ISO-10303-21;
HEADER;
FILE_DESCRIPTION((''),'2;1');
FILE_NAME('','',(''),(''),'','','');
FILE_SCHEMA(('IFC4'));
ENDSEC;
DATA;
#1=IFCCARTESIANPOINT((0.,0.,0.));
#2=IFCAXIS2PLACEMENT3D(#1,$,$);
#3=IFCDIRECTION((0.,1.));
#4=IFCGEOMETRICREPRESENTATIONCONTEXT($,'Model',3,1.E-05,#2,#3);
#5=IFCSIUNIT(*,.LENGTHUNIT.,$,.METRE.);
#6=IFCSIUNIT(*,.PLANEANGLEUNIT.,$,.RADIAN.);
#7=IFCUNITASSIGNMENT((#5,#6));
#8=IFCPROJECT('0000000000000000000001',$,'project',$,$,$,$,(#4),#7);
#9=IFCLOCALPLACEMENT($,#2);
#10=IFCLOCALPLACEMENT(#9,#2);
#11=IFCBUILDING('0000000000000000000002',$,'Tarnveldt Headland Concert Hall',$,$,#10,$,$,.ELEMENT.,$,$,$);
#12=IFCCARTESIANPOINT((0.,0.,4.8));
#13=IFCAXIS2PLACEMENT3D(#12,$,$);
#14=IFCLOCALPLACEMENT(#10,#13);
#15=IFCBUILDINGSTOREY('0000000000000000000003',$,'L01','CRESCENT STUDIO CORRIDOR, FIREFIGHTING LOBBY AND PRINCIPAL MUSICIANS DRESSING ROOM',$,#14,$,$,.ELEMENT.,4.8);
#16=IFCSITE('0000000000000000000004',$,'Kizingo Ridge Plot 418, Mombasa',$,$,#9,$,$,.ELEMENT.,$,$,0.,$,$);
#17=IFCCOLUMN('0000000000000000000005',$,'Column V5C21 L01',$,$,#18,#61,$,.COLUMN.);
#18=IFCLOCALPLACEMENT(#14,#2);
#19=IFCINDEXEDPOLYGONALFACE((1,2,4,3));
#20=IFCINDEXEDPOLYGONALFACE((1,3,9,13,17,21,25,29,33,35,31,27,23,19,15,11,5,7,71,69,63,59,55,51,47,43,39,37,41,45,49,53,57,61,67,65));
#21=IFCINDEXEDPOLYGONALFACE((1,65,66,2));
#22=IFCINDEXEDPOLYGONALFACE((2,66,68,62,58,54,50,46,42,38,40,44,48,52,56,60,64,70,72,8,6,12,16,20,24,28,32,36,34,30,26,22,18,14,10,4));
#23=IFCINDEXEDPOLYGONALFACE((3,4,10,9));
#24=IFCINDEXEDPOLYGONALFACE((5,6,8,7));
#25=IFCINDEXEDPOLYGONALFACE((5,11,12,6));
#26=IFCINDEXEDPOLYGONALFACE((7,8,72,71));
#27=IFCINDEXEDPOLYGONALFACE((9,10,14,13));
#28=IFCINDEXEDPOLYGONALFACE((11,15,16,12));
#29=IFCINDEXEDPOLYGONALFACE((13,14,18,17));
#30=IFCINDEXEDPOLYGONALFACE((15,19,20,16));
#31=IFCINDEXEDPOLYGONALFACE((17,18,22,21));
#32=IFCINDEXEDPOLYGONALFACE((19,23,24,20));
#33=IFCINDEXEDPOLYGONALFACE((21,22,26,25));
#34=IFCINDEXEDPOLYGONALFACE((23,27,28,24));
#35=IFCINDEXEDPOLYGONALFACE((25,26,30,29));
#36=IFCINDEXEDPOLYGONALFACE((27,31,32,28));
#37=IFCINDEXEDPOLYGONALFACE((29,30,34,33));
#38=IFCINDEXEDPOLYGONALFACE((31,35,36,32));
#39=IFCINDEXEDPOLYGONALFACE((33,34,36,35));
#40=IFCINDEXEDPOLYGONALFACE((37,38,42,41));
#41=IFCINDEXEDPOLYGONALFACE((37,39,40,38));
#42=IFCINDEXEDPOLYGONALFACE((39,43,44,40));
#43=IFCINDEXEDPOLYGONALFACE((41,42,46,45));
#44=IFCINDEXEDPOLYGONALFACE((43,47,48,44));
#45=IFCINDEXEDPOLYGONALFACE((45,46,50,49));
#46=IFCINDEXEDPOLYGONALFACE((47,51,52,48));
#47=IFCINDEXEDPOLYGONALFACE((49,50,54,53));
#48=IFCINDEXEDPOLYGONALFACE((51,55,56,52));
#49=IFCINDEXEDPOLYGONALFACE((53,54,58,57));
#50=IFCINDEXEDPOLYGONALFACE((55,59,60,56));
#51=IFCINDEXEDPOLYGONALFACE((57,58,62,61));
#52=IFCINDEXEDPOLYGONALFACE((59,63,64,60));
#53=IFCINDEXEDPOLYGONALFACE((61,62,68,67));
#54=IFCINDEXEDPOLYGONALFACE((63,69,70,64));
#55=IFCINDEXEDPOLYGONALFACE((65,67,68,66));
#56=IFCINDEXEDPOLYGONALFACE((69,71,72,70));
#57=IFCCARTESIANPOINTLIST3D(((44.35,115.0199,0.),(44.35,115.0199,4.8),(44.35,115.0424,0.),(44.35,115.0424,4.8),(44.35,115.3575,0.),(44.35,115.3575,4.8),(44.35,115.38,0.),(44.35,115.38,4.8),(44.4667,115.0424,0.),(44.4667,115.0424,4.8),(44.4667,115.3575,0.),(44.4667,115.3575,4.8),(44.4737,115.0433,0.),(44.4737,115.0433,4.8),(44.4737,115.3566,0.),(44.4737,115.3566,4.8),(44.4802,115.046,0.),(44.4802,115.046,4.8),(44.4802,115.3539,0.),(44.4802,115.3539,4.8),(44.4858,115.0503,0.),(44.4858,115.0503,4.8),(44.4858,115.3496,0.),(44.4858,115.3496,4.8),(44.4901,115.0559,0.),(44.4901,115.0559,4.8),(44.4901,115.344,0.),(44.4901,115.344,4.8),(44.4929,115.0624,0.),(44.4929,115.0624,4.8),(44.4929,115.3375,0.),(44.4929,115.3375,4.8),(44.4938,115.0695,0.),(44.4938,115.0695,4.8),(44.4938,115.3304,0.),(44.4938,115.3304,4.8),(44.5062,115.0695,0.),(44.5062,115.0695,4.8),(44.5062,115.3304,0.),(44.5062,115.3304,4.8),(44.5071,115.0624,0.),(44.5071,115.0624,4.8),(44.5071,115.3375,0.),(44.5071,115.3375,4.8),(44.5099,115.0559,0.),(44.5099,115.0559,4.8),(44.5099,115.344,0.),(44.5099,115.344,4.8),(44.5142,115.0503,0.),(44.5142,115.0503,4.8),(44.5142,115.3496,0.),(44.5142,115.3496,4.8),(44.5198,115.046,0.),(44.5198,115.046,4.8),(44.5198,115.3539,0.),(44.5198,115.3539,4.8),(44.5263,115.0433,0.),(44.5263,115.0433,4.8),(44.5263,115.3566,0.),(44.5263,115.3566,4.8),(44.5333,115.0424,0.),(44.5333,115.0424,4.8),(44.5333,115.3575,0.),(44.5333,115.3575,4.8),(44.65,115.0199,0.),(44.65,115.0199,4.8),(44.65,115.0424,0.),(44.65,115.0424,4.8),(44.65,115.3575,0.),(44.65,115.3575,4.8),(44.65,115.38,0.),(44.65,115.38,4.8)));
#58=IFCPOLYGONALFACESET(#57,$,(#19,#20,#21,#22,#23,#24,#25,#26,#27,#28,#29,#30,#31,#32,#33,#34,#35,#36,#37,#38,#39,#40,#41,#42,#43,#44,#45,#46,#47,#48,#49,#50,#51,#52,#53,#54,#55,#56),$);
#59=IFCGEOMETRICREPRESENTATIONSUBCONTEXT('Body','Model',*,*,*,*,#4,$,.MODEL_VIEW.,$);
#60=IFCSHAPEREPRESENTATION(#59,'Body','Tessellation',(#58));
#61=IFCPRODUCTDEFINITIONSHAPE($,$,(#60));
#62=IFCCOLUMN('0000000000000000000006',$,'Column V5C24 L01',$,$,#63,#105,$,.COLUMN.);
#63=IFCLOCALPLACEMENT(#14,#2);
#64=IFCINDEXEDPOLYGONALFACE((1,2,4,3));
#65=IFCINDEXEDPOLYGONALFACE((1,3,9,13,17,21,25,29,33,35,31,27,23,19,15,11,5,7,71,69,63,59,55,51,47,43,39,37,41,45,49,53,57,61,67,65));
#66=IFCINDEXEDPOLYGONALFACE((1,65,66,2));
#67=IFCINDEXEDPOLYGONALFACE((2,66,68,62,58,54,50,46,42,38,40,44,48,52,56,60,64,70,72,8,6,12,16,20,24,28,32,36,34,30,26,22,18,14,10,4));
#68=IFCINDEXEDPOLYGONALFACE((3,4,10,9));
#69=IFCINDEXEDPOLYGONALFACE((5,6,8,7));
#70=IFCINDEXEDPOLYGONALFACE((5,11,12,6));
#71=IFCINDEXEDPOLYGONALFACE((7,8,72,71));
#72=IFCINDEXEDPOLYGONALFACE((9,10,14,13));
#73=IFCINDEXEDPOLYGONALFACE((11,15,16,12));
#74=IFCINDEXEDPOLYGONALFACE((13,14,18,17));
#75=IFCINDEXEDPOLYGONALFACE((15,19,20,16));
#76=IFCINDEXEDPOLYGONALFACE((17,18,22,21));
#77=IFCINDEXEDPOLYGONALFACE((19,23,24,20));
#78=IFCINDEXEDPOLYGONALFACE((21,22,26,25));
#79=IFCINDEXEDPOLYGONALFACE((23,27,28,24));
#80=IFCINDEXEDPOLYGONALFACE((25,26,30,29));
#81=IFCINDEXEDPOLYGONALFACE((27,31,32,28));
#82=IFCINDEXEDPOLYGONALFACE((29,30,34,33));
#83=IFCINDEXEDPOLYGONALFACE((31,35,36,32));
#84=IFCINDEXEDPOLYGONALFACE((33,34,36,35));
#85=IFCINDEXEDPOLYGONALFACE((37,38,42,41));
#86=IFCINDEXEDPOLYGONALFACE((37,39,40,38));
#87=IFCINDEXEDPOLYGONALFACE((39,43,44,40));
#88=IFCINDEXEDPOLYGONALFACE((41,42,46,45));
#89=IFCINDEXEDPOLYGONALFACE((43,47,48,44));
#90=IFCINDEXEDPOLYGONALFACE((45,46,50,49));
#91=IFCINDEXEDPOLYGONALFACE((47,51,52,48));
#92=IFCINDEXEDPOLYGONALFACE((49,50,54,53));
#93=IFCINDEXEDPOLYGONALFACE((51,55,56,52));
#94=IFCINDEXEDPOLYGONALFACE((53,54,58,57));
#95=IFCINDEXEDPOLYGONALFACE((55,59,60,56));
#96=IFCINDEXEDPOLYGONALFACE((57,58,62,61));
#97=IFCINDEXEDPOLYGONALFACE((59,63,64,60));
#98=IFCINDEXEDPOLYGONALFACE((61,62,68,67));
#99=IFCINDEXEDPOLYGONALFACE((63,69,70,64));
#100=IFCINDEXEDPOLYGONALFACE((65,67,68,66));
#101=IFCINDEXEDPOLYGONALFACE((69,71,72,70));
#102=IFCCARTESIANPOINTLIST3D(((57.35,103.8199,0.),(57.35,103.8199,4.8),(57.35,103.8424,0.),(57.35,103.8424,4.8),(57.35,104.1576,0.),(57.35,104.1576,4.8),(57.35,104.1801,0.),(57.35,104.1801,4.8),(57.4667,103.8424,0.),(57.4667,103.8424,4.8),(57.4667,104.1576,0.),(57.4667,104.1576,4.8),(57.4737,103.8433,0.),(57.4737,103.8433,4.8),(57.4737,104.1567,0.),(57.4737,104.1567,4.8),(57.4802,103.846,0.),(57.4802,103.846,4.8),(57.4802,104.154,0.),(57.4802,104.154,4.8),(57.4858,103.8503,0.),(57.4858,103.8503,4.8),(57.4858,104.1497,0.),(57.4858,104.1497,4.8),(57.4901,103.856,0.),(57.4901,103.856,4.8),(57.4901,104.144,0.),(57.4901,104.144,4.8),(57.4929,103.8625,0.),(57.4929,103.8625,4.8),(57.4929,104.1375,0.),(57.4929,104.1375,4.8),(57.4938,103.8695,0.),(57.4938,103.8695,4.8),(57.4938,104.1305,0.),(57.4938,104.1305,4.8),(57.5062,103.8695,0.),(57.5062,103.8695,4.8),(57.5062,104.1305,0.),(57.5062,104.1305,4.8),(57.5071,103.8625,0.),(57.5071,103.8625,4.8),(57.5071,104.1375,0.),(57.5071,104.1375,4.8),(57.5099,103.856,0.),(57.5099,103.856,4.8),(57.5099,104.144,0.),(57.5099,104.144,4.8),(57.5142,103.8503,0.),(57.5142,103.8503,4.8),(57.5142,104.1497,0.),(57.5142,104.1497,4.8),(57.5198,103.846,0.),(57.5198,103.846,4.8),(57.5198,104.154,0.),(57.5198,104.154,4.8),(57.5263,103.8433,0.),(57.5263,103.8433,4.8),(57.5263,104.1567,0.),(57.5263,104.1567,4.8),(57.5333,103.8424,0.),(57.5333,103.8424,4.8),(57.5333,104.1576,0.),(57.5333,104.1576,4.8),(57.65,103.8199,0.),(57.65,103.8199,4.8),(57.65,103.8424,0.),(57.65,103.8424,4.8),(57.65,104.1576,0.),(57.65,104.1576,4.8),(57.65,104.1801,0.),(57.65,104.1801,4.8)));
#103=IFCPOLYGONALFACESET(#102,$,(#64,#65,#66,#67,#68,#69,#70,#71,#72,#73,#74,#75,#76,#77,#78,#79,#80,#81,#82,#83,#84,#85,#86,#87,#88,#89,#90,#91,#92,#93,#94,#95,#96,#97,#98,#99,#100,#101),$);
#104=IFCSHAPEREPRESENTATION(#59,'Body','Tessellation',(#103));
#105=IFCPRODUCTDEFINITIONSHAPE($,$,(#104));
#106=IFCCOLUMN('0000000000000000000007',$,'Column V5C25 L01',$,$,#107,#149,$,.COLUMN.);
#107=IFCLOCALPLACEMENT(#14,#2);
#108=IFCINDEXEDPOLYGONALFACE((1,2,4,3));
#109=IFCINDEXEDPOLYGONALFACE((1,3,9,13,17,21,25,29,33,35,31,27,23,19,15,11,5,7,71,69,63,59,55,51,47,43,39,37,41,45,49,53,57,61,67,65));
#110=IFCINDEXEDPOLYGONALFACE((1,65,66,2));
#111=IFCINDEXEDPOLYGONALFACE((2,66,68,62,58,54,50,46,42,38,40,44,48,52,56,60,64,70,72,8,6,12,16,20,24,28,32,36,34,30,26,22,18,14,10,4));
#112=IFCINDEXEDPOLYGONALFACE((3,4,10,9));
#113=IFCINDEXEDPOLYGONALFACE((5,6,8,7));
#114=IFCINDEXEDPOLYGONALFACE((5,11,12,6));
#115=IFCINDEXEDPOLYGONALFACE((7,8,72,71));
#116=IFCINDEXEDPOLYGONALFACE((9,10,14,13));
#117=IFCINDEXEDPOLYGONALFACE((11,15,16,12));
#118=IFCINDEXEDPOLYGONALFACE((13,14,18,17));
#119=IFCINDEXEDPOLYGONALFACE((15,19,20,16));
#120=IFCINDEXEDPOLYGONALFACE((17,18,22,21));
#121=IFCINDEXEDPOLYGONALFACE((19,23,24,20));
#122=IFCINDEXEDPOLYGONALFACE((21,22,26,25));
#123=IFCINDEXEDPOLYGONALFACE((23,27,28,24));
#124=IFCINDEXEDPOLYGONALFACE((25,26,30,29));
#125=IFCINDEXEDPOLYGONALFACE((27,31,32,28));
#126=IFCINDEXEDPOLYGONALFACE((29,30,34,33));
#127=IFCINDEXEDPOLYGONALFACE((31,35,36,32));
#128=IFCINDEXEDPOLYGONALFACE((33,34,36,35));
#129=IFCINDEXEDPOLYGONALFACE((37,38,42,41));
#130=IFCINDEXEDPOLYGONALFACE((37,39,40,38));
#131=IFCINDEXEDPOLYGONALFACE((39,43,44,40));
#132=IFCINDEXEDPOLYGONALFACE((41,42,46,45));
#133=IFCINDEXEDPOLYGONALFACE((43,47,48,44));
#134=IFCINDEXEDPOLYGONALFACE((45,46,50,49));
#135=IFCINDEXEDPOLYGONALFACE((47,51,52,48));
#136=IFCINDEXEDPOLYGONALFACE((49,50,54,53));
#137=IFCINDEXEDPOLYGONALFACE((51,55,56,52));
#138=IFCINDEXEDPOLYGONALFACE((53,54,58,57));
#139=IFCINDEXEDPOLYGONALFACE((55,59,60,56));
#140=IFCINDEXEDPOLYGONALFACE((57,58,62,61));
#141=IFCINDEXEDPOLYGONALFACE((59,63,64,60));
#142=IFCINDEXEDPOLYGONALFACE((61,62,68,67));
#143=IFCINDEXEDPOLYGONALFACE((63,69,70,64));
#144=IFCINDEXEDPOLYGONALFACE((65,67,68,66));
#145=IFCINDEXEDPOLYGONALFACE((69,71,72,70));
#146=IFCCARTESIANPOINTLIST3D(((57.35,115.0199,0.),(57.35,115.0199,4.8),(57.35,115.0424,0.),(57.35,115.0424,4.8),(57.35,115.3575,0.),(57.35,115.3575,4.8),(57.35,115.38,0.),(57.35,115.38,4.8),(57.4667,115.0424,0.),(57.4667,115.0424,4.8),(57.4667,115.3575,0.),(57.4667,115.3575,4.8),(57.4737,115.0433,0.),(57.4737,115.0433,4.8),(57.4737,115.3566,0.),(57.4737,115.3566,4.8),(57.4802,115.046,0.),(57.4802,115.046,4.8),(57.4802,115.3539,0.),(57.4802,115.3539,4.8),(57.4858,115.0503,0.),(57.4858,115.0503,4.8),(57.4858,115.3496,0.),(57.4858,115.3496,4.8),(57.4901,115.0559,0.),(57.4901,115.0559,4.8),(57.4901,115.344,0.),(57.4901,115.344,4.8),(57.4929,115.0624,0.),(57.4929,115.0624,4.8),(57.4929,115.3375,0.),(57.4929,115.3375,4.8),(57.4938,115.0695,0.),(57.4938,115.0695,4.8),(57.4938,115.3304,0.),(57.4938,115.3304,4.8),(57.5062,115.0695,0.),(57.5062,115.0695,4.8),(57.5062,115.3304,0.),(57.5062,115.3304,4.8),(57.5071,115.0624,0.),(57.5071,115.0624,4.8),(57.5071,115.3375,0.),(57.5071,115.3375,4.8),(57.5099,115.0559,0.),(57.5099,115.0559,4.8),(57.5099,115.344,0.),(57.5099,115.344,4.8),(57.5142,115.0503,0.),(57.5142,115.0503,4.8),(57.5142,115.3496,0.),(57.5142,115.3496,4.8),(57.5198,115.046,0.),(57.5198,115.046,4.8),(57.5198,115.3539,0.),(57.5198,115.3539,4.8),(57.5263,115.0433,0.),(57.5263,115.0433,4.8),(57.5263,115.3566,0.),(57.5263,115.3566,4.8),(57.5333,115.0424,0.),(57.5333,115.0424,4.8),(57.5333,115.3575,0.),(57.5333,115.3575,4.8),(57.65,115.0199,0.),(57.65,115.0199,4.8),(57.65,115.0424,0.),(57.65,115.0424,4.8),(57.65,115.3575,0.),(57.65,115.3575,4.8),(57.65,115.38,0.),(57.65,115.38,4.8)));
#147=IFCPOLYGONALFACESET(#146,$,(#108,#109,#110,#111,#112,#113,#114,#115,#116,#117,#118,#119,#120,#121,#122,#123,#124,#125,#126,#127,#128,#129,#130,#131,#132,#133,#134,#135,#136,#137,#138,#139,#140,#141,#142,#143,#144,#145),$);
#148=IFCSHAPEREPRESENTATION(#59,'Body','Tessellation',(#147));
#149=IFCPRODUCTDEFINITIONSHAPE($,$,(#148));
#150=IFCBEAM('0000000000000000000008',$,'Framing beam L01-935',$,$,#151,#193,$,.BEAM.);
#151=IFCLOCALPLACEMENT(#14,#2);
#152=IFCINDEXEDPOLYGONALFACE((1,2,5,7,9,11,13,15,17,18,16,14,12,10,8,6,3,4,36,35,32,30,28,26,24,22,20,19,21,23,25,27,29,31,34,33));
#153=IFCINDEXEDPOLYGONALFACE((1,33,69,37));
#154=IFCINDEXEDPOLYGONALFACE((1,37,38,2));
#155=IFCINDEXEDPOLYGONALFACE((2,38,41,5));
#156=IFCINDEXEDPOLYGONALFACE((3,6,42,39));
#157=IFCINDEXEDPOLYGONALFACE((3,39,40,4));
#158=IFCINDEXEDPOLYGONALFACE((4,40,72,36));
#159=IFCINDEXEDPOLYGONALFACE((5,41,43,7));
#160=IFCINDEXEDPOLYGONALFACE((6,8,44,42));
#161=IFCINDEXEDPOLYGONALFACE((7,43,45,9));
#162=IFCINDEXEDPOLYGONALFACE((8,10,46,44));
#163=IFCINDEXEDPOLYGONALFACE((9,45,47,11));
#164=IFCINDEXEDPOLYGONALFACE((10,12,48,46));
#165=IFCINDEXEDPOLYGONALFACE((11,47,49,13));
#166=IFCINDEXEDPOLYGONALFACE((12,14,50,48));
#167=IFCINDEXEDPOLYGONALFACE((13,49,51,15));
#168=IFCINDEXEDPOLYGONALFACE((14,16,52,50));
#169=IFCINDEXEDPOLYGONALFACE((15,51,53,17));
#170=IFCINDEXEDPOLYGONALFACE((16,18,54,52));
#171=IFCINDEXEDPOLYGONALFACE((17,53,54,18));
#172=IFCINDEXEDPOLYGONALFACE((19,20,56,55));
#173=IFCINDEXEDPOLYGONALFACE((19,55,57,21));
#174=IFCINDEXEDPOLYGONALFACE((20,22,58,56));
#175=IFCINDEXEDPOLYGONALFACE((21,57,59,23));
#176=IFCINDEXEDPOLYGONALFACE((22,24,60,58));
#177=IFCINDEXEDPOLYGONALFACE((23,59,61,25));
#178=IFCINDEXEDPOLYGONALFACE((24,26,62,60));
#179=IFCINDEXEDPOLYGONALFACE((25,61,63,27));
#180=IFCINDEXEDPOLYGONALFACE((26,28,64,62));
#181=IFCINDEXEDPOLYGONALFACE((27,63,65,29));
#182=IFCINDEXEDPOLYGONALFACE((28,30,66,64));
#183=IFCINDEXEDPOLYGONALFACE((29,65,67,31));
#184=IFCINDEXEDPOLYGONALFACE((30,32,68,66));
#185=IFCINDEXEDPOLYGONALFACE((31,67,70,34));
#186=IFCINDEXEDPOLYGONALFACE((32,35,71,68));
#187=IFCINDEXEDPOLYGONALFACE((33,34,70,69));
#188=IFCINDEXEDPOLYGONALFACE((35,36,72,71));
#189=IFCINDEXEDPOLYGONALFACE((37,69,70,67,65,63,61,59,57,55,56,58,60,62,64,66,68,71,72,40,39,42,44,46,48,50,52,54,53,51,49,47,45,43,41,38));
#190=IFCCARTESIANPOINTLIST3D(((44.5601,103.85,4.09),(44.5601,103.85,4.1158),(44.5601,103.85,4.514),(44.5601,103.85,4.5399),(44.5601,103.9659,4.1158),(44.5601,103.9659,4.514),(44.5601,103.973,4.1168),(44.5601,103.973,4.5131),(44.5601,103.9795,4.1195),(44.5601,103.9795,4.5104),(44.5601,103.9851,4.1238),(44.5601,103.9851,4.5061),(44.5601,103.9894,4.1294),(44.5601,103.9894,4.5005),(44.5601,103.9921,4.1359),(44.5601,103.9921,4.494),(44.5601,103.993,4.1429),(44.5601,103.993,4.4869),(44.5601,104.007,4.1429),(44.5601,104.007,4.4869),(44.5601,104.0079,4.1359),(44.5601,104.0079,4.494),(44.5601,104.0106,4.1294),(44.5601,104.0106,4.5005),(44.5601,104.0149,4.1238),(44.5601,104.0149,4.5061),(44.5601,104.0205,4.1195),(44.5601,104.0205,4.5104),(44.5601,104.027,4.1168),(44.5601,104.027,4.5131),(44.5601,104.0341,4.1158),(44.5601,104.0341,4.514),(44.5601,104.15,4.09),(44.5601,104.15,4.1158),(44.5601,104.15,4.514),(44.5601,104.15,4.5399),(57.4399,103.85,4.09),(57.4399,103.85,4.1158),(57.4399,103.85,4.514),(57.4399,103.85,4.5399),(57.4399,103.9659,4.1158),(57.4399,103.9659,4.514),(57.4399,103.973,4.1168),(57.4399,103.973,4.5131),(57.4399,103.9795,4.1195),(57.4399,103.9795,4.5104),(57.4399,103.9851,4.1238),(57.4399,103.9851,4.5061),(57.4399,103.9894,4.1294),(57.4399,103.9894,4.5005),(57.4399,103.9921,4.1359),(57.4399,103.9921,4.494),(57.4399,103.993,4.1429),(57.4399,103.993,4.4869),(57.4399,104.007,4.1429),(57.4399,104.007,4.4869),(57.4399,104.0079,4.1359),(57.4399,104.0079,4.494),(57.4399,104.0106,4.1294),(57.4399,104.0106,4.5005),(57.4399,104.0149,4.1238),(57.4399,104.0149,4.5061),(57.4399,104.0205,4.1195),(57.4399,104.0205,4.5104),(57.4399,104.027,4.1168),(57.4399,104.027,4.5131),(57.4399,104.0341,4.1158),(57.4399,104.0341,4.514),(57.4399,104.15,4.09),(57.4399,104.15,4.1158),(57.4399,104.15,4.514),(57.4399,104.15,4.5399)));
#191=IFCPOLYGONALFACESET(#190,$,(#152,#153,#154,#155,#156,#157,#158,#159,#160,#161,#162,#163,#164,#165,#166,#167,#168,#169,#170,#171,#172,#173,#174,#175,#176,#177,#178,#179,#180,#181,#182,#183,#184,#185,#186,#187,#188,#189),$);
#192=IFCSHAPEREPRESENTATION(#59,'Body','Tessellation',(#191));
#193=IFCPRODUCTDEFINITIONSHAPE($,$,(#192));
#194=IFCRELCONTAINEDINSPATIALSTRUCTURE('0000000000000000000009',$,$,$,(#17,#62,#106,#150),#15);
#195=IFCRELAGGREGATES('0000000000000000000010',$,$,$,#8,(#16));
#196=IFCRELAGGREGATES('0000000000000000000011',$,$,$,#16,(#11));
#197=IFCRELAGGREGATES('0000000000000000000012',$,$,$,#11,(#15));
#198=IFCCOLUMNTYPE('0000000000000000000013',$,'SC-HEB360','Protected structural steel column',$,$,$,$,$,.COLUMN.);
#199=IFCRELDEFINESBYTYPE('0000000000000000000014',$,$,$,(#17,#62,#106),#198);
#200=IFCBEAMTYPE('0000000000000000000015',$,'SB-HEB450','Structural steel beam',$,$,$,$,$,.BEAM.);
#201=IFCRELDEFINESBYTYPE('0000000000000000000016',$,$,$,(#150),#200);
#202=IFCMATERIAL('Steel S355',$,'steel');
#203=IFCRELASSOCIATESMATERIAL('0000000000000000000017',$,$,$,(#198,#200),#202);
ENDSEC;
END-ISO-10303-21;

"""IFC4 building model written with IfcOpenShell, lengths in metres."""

from ifc_helpers import new_model, si_unit, direction, frame, origin, origin_2d, place, context, subcontext, project, spatial, i_section, extrude, material, material_profile, profile_set, type_object, element, save


model = new_model("IFC4")

# Units and contexts
model_context = context("Model", 3, precision=1e-05, world=origin(), true_north=direction((0.0, 1.0)))
body_context = subcontext(model_context, "Body", "Model", "MODEL_VIEW")
ifc_project = project(units=[si_unit("LENGTHUNIT", "METRE"), si_unit("PLANEANGLEUNIT", "RADIAN")], contexts=[model_context])

# Site, building, storey
site_placement = place(None, origin())
site = spatial("IfcSite", under=ifc_project, at=site_placement, Name="Kizingo Ridge Plot 418, Mombasa", CompositionType="ELEMENT", RefElevation=0.0)
building_placement = place(site_placement, origin())
building = spatial("IfcBuilding", under=site, at=building_placement, Name="Tarnveldt Headland Concert Hall", CompositionType="ELEMENT")
storey_placement = place(building_placement, frame((0.0, 0.0, 4.8)))
storey = spatial("IfcBuildingStorey", under=building, at=storey_placement, Name="L01", Description="CRESCENT STUDIO CORRIDOR, FIREFIGHTING LOBBY AND PRINCIPAL MUSICIANS DRESSING ROOM", CompositionType="ELEMENT", Elevation=4.8)

# Columns
ifc_material_1 = material(Name="Steel S355", Category="steel")
ifc_material_profile_1 = material_profile(ifc_material_1, i_section(OverallWidth=0.3, OverallDepth=0.3601, WebThickness=0.0125, FlangeThickness=0.0225, FilletRadius=0.0271, at=origin_2d()), Name="HEB360", Category="steel")
ifc_profile_set_1 = profile_set([ifc_material_profile_1], Name="Steel S355")
column_type = type_object("IfcColumnType", Name="SC-HEB360", Description="Protected structural steel column", PredefinedType="COLUMN", material=ifc_profile_set_1)
for number, where, z_axis, x_axis, name in (
    (1, (44.5, 115.2, 0.0), (0.0, 0.0, 1.0), (1.0, 0.0, 0.0), "Column V5C21 L01"),
    (2, (57.5, 104.0, 0.0), (0.0, 0.0, 1.0), (1.0, 0.0, 0.0), "Column V5C24 L01"),
    (3, (57.5, 115.2, 0.0), (0.0, 0.0, 1.0), (1.0, 0.0, 0.0), "Column V5C25 L01"),
):
    element("IfcColumn", number, at=place(storey_placement, frame(where, z_axis=z_axis, x_axis=x_axis)), inside=storey, type_object=column_type, Name=name, PredefinedType="COLUMN", context=body_context, shape_type="SweptSolid", body=[
        extrude(i_section(OverallWidth=0.3, OverallDepth=0.3601, WebThickness=0.0125, FlangeThickness=0.0225, FilletRadius=0.0271, at=origin_2d()), origin(), (0.0, 0.0, 1.0), 4.8),
    ])

# Beam
ifc_material_profile_2 = material_profile(ifc_material_1, i_section(OverallWidth=0.3, OverallDepth=0.45, WebThickness=0.0139, FlangeThickness=0.0259, FilletRadius=0.0271, at=origin_2d()), Name="HEB450", Category="steel")
ifc_profile_set_2 = profile_set([ifc_material_profile_2], Name="Steel S355")
beam_type_1 = type_object("IfcBeamType", Name="SB-HEB450", Description="Structural steel beam", PredefinedType="BEAM", material=ifc_profile_set_2)
for number, where, z_axis, x_axis, name in (
    (4, (44.5601, 104.0, 4.3149), (1.0, 0.0, 0.0), (0.0, 1.0, 0.0), "Framing beam L01-935"),
):
    element("IfcBeam", number, at=place(storey_placement, frame(where, z_axis=z_axis, x_axis=x_axis)), inside=storey, type_object=beam_type_1, Name=name, PredefinedType="BEAM", context=body_context, shape_type="SweptSolid", body=[
        extrude(i_section(OverallWidth=0.3, OverallDepth=0.45, WebThickness=0.0139, FlangeThickness=0.0259, FilletRadius=0.0271, at=origin_2d()), origin(), (0.0, 0.0, 1.0), 12.8799),
    ])

save(model, "model.ifc")
